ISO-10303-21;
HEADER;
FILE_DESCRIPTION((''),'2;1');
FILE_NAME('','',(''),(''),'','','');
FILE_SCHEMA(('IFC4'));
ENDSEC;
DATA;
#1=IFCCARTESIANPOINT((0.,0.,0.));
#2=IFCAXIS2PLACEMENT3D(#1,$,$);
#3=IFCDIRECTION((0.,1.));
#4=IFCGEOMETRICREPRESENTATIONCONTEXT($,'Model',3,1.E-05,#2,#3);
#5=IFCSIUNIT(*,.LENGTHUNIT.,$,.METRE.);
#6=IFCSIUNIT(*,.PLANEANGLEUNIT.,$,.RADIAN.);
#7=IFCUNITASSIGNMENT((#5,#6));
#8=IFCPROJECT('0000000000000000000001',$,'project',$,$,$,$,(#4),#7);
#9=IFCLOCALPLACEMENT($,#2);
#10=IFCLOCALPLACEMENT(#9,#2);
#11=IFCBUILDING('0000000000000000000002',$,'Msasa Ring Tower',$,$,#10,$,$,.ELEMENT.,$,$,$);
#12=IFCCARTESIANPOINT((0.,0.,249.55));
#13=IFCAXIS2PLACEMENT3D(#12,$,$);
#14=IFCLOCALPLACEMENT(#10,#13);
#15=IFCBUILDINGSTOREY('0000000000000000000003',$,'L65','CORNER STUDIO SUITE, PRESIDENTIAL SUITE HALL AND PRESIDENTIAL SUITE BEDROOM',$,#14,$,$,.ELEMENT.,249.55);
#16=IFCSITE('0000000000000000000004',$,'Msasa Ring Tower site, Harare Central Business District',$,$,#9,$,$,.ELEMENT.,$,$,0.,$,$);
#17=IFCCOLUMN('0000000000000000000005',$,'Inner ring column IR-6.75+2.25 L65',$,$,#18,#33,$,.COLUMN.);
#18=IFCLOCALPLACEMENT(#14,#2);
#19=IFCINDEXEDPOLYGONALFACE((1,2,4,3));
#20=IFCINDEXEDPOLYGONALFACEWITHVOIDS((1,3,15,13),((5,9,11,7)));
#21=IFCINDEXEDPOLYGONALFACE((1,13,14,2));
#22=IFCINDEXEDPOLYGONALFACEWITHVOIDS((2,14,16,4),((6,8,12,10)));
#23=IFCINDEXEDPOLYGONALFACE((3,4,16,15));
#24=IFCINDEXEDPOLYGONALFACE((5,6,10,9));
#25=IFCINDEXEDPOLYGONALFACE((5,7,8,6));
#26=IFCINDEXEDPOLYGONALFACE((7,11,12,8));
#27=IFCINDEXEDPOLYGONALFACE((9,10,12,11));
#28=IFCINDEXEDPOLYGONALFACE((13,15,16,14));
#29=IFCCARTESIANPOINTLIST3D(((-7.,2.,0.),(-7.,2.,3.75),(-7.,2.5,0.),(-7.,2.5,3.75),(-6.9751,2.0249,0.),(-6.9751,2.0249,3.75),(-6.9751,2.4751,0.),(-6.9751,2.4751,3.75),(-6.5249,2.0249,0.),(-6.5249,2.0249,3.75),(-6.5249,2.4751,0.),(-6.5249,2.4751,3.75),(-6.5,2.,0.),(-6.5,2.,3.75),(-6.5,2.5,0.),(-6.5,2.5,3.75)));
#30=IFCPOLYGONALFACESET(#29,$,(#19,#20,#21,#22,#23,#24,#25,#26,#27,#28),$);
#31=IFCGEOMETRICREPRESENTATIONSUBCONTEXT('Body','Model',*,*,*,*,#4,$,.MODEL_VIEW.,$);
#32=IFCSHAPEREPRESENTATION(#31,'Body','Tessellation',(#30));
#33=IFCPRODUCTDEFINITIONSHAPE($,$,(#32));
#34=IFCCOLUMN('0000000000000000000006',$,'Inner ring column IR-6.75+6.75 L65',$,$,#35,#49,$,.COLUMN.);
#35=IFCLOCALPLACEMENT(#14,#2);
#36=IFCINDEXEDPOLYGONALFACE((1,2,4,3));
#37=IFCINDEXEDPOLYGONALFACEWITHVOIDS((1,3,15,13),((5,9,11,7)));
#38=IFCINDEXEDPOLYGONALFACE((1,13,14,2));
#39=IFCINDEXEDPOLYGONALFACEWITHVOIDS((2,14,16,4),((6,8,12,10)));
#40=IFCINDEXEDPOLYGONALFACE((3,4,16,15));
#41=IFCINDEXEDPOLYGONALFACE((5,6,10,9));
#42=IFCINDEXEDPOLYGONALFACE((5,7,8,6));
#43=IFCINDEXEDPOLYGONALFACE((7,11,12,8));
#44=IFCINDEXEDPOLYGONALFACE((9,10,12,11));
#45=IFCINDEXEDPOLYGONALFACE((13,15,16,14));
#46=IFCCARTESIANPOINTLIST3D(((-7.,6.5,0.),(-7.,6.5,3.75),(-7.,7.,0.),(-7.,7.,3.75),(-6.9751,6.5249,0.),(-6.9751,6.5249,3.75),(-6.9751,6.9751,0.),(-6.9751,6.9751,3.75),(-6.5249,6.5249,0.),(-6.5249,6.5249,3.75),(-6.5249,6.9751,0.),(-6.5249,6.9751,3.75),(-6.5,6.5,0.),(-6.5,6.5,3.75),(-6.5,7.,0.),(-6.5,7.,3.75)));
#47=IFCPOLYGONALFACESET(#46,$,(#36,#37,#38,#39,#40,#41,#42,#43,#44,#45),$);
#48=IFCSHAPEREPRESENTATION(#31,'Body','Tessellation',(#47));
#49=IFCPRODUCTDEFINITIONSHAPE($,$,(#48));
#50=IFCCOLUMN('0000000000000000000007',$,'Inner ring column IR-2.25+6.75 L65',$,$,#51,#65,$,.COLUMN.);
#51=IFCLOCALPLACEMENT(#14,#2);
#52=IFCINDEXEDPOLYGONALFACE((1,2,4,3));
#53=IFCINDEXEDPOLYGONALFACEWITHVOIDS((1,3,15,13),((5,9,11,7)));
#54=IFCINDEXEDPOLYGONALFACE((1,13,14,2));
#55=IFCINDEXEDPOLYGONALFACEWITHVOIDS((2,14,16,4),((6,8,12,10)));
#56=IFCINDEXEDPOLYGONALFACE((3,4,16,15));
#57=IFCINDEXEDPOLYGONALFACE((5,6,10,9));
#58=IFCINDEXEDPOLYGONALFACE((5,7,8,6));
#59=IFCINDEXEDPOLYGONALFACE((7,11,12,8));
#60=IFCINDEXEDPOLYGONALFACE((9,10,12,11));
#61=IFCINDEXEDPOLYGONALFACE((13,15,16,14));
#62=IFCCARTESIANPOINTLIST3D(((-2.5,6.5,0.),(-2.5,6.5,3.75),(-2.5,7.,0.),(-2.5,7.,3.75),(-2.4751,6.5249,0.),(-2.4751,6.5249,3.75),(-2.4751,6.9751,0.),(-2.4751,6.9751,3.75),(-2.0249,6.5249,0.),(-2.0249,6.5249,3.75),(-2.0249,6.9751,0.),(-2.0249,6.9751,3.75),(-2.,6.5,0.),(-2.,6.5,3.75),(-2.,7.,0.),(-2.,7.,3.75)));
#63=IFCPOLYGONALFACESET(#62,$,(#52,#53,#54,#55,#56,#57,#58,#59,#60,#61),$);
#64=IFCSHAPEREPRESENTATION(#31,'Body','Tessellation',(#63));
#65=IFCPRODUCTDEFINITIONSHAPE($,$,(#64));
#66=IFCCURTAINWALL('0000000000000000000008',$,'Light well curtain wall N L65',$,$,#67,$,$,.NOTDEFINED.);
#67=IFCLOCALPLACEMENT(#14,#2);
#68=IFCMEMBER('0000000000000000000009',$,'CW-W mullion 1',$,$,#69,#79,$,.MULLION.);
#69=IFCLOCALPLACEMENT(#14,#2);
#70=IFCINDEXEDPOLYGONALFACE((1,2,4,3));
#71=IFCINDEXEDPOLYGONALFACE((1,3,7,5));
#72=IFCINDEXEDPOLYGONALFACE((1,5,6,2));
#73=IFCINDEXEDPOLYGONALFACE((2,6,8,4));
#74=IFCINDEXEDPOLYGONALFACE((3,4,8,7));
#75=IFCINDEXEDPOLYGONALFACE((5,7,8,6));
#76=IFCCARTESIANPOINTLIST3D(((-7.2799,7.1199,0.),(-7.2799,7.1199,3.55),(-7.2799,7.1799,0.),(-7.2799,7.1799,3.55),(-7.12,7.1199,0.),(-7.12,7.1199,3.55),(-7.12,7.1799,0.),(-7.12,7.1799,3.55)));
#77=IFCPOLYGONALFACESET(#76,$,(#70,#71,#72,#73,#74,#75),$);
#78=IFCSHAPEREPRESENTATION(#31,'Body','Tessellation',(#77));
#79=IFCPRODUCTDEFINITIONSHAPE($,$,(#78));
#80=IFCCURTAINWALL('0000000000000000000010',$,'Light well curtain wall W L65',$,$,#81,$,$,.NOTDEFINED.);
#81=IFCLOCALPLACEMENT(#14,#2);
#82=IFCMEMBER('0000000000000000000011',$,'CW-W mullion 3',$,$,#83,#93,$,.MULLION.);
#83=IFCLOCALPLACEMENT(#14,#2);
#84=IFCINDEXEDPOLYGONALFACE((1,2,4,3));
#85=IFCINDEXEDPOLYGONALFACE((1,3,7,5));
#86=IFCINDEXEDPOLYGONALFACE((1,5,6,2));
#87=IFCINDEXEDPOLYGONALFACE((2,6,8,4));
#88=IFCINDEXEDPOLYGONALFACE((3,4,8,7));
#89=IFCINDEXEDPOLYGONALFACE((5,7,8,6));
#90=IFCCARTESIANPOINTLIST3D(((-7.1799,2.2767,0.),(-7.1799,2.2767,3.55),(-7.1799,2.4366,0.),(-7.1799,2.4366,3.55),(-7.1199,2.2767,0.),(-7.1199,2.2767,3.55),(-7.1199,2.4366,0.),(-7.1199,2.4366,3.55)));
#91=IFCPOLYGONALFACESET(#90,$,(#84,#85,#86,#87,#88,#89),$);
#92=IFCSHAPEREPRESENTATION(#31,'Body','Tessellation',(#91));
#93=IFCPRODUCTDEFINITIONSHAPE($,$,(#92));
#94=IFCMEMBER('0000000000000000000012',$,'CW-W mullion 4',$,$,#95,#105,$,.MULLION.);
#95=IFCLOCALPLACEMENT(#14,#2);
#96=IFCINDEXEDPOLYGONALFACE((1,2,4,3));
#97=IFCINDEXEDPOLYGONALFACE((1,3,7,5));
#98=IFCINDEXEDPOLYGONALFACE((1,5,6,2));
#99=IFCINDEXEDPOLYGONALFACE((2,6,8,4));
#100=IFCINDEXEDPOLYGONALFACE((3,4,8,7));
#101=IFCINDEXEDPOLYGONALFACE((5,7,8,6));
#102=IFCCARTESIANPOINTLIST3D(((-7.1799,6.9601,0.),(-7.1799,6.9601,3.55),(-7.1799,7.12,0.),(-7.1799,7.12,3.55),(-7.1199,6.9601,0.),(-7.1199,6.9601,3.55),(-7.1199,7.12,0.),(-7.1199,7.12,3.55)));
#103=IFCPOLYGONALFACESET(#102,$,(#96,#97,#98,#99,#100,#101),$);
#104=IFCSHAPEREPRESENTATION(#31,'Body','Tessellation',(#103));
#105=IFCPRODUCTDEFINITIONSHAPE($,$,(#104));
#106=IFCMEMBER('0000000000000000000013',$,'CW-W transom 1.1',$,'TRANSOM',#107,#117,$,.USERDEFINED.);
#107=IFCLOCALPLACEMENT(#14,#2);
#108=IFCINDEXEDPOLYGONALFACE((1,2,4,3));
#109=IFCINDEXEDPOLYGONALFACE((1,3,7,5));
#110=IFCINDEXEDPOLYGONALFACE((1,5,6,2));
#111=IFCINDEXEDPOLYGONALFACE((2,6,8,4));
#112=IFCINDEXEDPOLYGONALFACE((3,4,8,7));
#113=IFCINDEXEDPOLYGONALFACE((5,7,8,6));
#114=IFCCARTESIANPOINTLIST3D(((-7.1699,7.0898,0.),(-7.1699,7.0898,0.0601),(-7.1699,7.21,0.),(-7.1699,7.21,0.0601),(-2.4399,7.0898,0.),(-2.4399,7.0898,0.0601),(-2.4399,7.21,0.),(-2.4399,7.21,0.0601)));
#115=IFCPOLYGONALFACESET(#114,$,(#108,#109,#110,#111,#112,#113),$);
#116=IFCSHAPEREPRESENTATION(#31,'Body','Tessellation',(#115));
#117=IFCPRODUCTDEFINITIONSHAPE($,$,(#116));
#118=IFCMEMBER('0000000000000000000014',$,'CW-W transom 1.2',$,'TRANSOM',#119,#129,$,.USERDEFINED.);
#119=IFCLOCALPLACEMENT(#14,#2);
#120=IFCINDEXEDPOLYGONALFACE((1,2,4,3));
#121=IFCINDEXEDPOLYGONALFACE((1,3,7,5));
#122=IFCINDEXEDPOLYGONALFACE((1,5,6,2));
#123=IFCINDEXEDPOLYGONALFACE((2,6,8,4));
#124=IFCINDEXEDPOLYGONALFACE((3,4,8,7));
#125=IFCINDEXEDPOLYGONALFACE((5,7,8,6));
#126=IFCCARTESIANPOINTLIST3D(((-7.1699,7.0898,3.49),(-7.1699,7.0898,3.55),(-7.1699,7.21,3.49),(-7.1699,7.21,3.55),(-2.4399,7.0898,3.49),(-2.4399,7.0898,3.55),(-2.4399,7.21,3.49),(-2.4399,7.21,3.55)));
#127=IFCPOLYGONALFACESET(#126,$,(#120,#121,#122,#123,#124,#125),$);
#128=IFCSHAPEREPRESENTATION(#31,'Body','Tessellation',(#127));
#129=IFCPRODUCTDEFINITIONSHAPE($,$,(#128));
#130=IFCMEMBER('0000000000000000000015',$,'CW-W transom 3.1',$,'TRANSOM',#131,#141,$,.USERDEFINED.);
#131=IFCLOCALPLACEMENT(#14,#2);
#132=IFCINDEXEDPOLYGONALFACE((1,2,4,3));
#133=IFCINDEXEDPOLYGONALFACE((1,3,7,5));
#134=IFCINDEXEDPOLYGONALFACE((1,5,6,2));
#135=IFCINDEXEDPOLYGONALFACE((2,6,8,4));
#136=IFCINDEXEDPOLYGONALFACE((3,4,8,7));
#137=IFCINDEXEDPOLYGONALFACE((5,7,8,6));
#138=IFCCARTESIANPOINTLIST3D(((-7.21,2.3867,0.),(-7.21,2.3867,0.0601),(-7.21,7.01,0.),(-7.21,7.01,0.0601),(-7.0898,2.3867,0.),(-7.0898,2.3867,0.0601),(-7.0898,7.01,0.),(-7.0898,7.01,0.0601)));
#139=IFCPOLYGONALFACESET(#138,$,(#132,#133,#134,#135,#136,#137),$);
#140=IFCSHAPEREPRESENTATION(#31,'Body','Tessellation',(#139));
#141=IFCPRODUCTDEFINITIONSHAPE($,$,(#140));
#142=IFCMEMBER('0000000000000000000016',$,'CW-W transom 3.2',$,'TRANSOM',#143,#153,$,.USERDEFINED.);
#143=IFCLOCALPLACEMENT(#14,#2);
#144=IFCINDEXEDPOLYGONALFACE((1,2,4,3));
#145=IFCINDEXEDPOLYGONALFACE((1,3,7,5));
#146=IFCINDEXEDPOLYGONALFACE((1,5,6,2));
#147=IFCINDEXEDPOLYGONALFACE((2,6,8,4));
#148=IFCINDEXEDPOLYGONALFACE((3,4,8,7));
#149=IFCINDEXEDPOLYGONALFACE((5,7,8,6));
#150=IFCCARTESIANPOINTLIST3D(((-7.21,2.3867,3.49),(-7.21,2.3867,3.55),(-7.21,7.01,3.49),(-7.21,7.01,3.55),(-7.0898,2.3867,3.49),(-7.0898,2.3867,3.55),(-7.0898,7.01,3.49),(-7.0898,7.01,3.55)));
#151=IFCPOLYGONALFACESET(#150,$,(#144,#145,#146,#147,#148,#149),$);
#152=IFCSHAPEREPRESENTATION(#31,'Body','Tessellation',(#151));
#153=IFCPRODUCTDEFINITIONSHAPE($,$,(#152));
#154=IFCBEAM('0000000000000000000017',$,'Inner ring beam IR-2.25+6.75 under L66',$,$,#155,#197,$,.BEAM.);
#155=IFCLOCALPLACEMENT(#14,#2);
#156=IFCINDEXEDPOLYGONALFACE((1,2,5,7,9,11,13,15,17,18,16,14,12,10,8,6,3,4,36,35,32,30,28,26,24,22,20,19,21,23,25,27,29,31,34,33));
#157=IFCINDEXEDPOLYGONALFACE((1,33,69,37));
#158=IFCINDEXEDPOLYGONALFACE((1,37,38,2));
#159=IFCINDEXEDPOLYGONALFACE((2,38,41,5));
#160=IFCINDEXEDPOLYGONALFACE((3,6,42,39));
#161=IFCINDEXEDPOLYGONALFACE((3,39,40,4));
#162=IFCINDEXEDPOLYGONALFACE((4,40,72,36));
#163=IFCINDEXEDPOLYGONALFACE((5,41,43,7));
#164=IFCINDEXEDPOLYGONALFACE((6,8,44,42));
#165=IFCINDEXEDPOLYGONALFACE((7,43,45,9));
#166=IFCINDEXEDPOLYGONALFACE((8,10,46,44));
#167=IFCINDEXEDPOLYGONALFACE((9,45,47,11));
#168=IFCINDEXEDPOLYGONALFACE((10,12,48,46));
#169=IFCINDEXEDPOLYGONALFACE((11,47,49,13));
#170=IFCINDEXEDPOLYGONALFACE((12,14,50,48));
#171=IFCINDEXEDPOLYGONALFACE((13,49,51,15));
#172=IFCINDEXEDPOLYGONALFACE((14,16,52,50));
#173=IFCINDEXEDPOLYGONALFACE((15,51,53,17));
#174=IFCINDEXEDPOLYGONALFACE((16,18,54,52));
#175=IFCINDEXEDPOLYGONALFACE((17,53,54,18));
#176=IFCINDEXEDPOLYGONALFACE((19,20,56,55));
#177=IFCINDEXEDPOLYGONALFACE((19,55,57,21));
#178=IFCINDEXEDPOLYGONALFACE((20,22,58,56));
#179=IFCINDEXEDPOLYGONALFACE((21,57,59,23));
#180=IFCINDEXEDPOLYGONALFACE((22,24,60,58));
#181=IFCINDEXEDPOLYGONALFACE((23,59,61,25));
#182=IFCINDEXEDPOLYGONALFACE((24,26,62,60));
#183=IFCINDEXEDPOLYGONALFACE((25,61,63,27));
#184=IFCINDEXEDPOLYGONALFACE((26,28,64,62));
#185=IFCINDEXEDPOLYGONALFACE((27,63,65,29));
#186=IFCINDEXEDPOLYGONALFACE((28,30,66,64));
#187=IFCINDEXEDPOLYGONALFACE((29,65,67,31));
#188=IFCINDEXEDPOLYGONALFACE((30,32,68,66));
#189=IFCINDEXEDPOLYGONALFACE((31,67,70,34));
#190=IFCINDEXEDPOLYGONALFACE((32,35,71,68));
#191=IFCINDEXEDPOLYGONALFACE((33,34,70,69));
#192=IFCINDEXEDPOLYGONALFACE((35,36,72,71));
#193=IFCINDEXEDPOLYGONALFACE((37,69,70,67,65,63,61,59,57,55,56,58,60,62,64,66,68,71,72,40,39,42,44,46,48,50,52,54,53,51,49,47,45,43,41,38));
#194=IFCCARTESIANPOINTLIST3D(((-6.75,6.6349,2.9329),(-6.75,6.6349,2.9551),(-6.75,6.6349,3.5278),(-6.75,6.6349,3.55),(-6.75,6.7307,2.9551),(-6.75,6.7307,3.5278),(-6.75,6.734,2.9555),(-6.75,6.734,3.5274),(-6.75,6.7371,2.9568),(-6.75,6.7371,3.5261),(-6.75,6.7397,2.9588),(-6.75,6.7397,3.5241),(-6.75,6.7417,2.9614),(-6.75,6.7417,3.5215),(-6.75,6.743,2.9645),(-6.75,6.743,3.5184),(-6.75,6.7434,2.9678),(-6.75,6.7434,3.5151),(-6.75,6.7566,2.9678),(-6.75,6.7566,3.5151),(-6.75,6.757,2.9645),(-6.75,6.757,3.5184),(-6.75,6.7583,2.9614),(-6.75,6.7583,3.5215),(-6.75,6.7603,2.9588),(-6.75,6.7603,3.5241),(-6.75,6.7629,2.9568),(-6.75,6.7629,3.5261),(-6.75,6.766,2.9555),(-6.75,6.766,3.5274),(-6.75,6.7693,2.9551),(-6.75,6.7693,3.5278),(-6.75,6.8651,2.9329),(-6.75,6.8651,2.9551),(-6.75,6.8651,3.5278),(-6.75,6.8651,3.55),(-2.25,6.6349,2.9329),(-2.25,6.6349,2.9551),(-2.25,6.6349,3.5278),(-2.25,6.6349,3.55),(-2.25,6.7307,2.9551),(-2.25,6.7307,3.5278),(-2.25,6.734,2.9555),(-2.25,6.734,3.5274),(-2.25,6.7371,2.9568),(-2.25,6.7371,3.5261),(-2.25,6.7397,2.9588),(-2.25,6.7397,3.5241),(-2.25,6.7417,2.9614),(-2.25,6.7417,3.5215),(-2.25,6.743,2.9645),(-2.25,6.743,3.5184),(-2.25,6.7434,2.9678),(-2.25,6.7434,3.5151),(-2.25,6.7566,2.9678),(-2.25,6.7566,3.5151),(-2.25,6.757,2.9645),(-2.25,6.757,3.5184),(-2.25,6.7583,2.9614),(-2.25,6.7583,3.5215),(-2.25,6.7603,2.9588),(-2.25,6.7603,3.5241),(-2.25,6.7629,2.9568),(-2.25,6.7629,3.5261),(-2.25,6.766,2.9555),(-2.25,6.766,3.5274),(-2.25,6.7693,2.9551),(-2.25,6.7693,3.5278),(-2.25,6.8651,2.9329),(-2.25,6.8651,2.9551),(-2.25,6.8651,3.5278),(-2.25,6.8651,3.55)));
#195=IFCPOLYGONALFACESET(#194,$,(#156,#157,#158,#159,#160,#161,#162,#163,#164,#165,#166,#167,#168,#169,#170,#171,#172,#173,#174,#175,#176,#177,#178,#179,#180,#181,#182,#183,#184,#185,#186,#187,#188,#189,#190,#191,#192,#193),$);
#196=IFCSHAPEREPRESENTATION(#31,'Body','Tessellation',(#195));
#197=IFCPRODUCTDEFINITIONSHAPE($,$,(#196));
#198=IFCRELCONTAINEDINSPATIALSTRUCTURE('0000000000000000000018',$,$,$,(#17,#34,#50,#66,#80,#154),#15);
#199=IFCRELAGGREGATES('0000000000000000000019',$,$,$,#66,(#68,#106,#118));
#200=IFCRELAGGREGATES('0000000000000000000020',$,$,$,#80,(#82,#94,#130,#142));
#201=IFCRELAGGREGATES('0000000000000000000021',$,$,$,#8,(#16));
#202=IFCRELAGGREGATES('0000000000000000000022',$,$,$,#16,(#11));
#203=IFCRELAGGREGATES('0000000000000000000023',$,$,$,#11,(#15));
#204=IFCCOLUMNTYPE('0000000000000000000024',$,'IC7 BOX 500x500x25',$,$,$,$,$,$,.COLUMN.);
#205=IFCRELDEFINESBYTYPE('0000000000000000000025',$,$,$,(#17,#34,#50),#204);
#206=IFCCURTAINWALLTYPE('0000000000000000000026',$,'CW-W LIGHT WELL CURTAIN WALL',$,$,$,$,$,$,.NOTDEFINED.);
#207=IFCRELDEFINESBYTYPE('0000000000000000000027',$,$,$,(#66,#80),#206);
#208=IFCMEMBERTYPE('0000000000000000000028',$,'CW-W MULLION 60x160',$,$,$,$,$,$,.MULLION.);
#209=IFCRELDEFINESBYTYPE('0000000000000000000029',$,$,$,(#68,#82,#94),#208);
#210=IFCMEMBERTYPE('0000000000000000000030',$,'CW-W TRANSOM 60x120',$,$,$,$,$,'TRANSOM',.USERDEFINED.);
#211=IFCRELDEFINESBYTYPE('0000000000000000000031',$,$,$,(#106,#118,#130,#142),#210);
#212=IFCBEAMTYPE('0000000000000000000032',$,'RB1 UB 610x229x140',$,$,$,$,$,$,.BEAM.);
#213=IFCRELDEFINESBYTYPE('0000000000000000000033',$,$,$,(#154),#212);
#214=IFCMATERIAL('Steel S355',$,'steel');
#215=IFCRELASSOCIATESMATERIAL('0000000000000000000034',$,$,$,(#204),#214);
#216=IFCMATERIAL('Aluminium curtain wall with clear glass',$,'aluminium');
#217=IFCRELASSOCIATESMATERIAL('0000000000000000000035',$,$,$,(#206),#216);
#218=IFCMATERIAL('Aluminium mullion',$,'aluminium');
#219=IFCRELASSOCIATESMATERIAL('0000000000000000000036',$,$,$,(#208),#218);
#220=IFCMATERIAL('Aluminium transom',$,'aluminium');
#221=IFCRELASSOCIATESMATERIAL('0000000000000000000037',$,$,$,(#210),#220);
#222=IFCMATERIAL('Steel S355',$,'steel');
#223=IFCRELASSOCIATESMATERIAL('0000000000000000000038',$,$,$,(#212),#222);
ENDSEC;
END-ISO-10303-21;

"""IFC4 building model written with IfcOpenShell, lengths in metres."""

from ifc_helpers import new_model, si_unit, direction, frame, origin, origin_2d, place, context, subcontext, project, spatial, rectangle, hollow_rectangle, i_section, extrude, material, material_profile, profile_set, type_object, element, aggregate, save


model = new_model("IFC4")

# Units and contexts
model_context = context("Model", 3, precision=1e-05, world=origin(), true_north=direction((0.0, 1.0)))
body_context = subcontext(model_context, "Body", "Model", "MODEL_VIEW")
ifc_project = project(units=[si_unit("LENGTHUNIT", "METRE"), si_unit("PLANEANGLEUNIT", "RADIAN")], contexts=[model_context])

# Site, building, storey
site_placement = place(None, origin())
site = spatial("IfcSite", under=ifc_project, at=site_placement, Name="Msasa Ring Tower site, Harare Central Business District", CompositionType="ELEMENT", RefElevation=0.0)
building_placement = place(site_placement, origin())
building = spatial("IfcBuilding", under=site, at=building_placement, Name="Msasa Ring Tower", CompositionType="ELEMENT")
storey_placement = place(building_placement, frame((0.0, 0.0, 249.55)))
storey = spatial("IfcBuildingStorey", under=building, at=storey_placement, Name="L65", Description="CORNER STUDIO SUITE, PRESIDENTIAL SUITE HALL AND PRESIDENTIAL SUITE BEDROOM", CompositionType="ELEMENT", Elevation=249.55)

# Columns
ifc_material_1 = material(Name="Steel S355", Category="steel")
ifc_material_profile_1 = material_profile(ifc_material_1, hollow_rectangle(XDim=0.5, YDim=0.5, WallThickness=0.0249, at=origin_2d()), Name="BOX 500x500x25")
ifc_profile_set_1 = profile_set([ifc_material_profile_1], Name="Steel S355")
column_type = type_object("IfcColumnType", Name="IC7 BOX 500x500x25", PredefinedType="COLUMN", material=ifc_profile_set_1)
for number, where, z_axis, x_axis, name in (
    (1, (-6.75, 2.25, 0.0), (0.0, 0.0, 1.0), (1.0, 0.0, 0.0), "Inner ring column IR-6.75+2.25 L65"),
    (2, (-6.75, 6.75, 0.0), (0.0, 0.0, 1.0), (1.0, 0.0, 0.0), "Inner ring column IR-6.75+6.75 L65"),
    (3, (-2.25, 6.75, 0.0), (0.0, 0.0, 1.0), (1.0, 0.0, 0.0), "Inner ring column IR-2.25+6.75 L65"),
):
    element("IfcColumn", number, at=place(storey_placement, frame(where, z_axis=z_axis, x_axis=x_axis)), inside=storey, type_object=column_type, Name=name, PredefinedType="COLUMN", context=body_context, shape_type="SweptSolid", body=[
        extrude(hollow_rectangle(XDim=0.5, YDim=0.5, WallThickness=0.0249, at=origin_2d()), origin(), (0.0, 0.0, 1.0), 3.75),
    ])

# Curtain wall, member
ifc_material_2 = material(Name="Aluminium curtain wall with clear glass", Category="aluminium")
curtain_wall_type = type_object("IfcCurtainWallType", Name="CW-W LIGHT WELL CURTAIN WALL", PredefinedType="NOTDEFINED", material=ifc_material_2)
curtain_wall_1_placement = place(storey_placement, origin())
curtain_wall_1 = element("IfcCurtainWall", 4, at=curtain_wall_1_placement, inside=storey, type_object=curtain_wall_type, Name="Light well curtain wall N L65", PredefinedType="NOTDEFINED")
ifc_material_3 = material(Name="Aluminium mullion", Category="aluminium")
ifc_material_profile_2 = material_profile(ifc_material_3, rectangle(XDim=0.0601, YDim=0.1599, at=origin_2d()), Name="AL 60x160")
ifc_profile_set_2 = profile_set([ifc_material_profile_2], Name="Aluminium mullion")
member_type_1 = type_object("IfcMemberType", Name="CW-W MULLION 60x160", PredefinedType="MULLION", material=ifc_profile_set_2)
member_1_placement = place(storey_placement, frame((-7.2, 7.1499, 0.0), z_axis=(0.0, 0.0, 1.0), x_axis=(0.0, 1.0, 0.0)))
member_1 = element("IfcMember", 5, at=member_1_placement, type_object=member_type_1, Name="CW-W mullion 1", PredefinedType="MULLION", context=body_context, shape_type="SweptSolid", body=[
    extrude(rectangle(XDim=0.0601, YDim=0.1599, at=origin_2d()), origin(), (0.0, 0.0, 1.0), 3.55),
])

# Curtain wall, members
curtain_wall_2_placement = place(storey_placement, origin())
curtain_wall_2 = element("IfcCurtainWall", 6, at=curtain_wall_2_placement, inside=storey, type_object=curtain_wall_type, Name="Light well curtain wall W L65", PredefinedType="NOTDEFINED")
member_2_placement = place(storey_placement, frame((-7.1499, 2.3567, 0.0), z_axis=(0.0, 0.0, 1.0), x_axis=(-1.0, 0.0, 0.0)))
member_2 = element("IfcMember", 7, at=member_2_placement, type_object=member_type_1, Name="CW-W mullion 3", PredefinedType="MULLION", context=body_context, shape_type="SweptSolid", body=[
    extrude(rectangle(XDim=0.0601, YDim=0.1599, at=origin_2d()), origin(), (0.0, 0.0, 1.0), 3.55),
])
member_3_placement = place(storey_placement, frame((-7.1499, 7.04, 0.0), z_axis=(0.0, 0.0, 1.0), x_axis=(-1.0, 0.0, 0.0)))
member_3 = element("IfcMember", 8, at=member_3_placement, type_object=member_type_1, Name="CW-W mullion 4", PredefinedType="MULLION", context=body_context, shape_type="SweptSolid", body=[
    extrude(rectangle(XDim=0.0601, YDim=0.1599, at=origin_2d()), origin(), (0.0, 0.0, 1.0), 3.55),
])

# Members
ifc_material_4 = material(Name="Aluminium transom", Category="aluminium")
ifc_material_profile_3 = material_profile(ifc_material_4, rectangle(XDim=0.1201, YDim=0.0601, at=origin_2d()), Name="AL 60x120")
ifc_profile_set_3 = profile_set([ifc_material_profile_3], Name="Aluminium transom")
member_type_2 = type_object("IfcMemberType", Name="CW-W TRANSOM 60x120", ElementType="TRANSOM", PredefinedType="USERDEFINED", material=ifc_profile_set_3)
member_4_placement = place(storey_placement, frame((-7.1699, 7.1499, 0.03), z_axis=(1.0, 0.0, 0.0), x_axis=(0.0, 1.0, 0.0)))
member_4 = element("IfcMember", 9, at=member_4_placement, type_object=member_type_2, Name="CW-W transom 1.1", ObjectType="TRANSOM", PredefinedType="USERDEFINED", context=body_context, shape_type="SweptSolid", body=[
    extrude(rectangle(XDim=0.1201, YDim=0.0601, at=origin_2d()), origin(), (0.0, 0.0, 1.0), 4.73),
])
member_5_placement = place(storey_placement, frame((-7.1699, 7.1499, 3.52), z_axis=(1.0, 0.0, 0.0), x_axis=(0.0, 1.0, 0.0)))
member_5 = element("IfcMember", 10, at=member_5_placement, type_object=member_type_2, Name="CW-W transom 1.2", ObjectType="TRANSOM", PredefinedType="USERDEFINED", context=body_context, shape_type="SweptSolid", body=[
    extrude(rectangle(XDim=0.1201, YDim=0.0601, at=origin_2d()), origin(), (0.0, 0.0, 1.0), 4.73),
])
member_6_placement = place(storey_placement, frame((-7.1499, 2.3867, 0.03), z_axis=(0.0, 1.0, 0.0), x_axis=(-1.0, 0.0, 0.0)))
member_6 = element("IfcMember", 11, at=member_6_placement, type_object=member_type_2, Name="CW-W transom 3.1", ObjectType="TRANSOM", PredefinedType="USERDEFINED", context=body_context, shape_type="SweptSolid", body=[
    extrude(rectangle(XDim=0.1201, YDim=0.0601, at=origin_2d()), origin(), (0.0, 0.0, 1.0), 4.6233),
])
member_7_placement = place(storey_placement, frame((-7.1499, 2.3867, 3.52), z_axis=(0.0, 1.0, 0.0), x_axis=(-1.0, 0.0, 0.0)))
member_7 = element("IfcMember", 12, at=member_7_placement, type_object=member_type_2, Name="CW-W transom 3.2", ObjectType="TRANSOM", PredefinedType="USERDEFINED", context=body_context, shape_type="SweptSolid", body=[
    extrude(rectangle(XDim=0.1201, YDim=0.0601, at=origin_2d()), origin(), (0.0, 0.0, 1.0), 4.6233),
])

# Beam
ifc_material_5 = material(Name="Steel S355", Category="steel")
ifc_material_profile_4 = material_profile(ifc_material_5, i_section(OverallWidth=0.2302, OverallDepth=0.6172, WebThickness=0.0132, FlangeThickness=0.0222, FilletRadius=0.0127, at=origin_2d()), Name="UB 610x229x140")
ifc_profile_set_4 = profile_set([ifc_material_profile_4], Name="Steel S355")
beam_type = type_object("IfcBeamType", Name="RB1 UB 610x229x140", PredefinedType="BEAM", material=ifc_profile_set_4)
for number, where, z_axis, x_axis, name in (
    (13, (-2.25, 6.75, 3.2415), (-1.0, 0.0, 0.0), (0.0, -1.0, 0.0), "Inner ring beam IR-2.25+6.75 under L66"),
):
    element("IfcBeam", number, at=place(storey_placement, frame(where, z_axis=z_axis, x_axis=x_axis)), inside=storey, type_object=beam_type, Name=name, PredefinedType="BEAM", context=body_context, shape_type="SweptSolid", body=[
        extrude(i_section(OverallWidth=0.2302, OverallDepth=0.6172, WebThickness=0.0132, FlangeThickness=0.0222, FilletRadius=0.0127, at=origin_2d()), origin(), (0.0, 0.0, 1.0), 4.5),
    ])

aggregate(curtain_wall_1, [member_1, member_4, member_5])
aggregate(curtain_wall_2, [member_2, member_3, member_6, member_7])

save(model, "model.ifc")
